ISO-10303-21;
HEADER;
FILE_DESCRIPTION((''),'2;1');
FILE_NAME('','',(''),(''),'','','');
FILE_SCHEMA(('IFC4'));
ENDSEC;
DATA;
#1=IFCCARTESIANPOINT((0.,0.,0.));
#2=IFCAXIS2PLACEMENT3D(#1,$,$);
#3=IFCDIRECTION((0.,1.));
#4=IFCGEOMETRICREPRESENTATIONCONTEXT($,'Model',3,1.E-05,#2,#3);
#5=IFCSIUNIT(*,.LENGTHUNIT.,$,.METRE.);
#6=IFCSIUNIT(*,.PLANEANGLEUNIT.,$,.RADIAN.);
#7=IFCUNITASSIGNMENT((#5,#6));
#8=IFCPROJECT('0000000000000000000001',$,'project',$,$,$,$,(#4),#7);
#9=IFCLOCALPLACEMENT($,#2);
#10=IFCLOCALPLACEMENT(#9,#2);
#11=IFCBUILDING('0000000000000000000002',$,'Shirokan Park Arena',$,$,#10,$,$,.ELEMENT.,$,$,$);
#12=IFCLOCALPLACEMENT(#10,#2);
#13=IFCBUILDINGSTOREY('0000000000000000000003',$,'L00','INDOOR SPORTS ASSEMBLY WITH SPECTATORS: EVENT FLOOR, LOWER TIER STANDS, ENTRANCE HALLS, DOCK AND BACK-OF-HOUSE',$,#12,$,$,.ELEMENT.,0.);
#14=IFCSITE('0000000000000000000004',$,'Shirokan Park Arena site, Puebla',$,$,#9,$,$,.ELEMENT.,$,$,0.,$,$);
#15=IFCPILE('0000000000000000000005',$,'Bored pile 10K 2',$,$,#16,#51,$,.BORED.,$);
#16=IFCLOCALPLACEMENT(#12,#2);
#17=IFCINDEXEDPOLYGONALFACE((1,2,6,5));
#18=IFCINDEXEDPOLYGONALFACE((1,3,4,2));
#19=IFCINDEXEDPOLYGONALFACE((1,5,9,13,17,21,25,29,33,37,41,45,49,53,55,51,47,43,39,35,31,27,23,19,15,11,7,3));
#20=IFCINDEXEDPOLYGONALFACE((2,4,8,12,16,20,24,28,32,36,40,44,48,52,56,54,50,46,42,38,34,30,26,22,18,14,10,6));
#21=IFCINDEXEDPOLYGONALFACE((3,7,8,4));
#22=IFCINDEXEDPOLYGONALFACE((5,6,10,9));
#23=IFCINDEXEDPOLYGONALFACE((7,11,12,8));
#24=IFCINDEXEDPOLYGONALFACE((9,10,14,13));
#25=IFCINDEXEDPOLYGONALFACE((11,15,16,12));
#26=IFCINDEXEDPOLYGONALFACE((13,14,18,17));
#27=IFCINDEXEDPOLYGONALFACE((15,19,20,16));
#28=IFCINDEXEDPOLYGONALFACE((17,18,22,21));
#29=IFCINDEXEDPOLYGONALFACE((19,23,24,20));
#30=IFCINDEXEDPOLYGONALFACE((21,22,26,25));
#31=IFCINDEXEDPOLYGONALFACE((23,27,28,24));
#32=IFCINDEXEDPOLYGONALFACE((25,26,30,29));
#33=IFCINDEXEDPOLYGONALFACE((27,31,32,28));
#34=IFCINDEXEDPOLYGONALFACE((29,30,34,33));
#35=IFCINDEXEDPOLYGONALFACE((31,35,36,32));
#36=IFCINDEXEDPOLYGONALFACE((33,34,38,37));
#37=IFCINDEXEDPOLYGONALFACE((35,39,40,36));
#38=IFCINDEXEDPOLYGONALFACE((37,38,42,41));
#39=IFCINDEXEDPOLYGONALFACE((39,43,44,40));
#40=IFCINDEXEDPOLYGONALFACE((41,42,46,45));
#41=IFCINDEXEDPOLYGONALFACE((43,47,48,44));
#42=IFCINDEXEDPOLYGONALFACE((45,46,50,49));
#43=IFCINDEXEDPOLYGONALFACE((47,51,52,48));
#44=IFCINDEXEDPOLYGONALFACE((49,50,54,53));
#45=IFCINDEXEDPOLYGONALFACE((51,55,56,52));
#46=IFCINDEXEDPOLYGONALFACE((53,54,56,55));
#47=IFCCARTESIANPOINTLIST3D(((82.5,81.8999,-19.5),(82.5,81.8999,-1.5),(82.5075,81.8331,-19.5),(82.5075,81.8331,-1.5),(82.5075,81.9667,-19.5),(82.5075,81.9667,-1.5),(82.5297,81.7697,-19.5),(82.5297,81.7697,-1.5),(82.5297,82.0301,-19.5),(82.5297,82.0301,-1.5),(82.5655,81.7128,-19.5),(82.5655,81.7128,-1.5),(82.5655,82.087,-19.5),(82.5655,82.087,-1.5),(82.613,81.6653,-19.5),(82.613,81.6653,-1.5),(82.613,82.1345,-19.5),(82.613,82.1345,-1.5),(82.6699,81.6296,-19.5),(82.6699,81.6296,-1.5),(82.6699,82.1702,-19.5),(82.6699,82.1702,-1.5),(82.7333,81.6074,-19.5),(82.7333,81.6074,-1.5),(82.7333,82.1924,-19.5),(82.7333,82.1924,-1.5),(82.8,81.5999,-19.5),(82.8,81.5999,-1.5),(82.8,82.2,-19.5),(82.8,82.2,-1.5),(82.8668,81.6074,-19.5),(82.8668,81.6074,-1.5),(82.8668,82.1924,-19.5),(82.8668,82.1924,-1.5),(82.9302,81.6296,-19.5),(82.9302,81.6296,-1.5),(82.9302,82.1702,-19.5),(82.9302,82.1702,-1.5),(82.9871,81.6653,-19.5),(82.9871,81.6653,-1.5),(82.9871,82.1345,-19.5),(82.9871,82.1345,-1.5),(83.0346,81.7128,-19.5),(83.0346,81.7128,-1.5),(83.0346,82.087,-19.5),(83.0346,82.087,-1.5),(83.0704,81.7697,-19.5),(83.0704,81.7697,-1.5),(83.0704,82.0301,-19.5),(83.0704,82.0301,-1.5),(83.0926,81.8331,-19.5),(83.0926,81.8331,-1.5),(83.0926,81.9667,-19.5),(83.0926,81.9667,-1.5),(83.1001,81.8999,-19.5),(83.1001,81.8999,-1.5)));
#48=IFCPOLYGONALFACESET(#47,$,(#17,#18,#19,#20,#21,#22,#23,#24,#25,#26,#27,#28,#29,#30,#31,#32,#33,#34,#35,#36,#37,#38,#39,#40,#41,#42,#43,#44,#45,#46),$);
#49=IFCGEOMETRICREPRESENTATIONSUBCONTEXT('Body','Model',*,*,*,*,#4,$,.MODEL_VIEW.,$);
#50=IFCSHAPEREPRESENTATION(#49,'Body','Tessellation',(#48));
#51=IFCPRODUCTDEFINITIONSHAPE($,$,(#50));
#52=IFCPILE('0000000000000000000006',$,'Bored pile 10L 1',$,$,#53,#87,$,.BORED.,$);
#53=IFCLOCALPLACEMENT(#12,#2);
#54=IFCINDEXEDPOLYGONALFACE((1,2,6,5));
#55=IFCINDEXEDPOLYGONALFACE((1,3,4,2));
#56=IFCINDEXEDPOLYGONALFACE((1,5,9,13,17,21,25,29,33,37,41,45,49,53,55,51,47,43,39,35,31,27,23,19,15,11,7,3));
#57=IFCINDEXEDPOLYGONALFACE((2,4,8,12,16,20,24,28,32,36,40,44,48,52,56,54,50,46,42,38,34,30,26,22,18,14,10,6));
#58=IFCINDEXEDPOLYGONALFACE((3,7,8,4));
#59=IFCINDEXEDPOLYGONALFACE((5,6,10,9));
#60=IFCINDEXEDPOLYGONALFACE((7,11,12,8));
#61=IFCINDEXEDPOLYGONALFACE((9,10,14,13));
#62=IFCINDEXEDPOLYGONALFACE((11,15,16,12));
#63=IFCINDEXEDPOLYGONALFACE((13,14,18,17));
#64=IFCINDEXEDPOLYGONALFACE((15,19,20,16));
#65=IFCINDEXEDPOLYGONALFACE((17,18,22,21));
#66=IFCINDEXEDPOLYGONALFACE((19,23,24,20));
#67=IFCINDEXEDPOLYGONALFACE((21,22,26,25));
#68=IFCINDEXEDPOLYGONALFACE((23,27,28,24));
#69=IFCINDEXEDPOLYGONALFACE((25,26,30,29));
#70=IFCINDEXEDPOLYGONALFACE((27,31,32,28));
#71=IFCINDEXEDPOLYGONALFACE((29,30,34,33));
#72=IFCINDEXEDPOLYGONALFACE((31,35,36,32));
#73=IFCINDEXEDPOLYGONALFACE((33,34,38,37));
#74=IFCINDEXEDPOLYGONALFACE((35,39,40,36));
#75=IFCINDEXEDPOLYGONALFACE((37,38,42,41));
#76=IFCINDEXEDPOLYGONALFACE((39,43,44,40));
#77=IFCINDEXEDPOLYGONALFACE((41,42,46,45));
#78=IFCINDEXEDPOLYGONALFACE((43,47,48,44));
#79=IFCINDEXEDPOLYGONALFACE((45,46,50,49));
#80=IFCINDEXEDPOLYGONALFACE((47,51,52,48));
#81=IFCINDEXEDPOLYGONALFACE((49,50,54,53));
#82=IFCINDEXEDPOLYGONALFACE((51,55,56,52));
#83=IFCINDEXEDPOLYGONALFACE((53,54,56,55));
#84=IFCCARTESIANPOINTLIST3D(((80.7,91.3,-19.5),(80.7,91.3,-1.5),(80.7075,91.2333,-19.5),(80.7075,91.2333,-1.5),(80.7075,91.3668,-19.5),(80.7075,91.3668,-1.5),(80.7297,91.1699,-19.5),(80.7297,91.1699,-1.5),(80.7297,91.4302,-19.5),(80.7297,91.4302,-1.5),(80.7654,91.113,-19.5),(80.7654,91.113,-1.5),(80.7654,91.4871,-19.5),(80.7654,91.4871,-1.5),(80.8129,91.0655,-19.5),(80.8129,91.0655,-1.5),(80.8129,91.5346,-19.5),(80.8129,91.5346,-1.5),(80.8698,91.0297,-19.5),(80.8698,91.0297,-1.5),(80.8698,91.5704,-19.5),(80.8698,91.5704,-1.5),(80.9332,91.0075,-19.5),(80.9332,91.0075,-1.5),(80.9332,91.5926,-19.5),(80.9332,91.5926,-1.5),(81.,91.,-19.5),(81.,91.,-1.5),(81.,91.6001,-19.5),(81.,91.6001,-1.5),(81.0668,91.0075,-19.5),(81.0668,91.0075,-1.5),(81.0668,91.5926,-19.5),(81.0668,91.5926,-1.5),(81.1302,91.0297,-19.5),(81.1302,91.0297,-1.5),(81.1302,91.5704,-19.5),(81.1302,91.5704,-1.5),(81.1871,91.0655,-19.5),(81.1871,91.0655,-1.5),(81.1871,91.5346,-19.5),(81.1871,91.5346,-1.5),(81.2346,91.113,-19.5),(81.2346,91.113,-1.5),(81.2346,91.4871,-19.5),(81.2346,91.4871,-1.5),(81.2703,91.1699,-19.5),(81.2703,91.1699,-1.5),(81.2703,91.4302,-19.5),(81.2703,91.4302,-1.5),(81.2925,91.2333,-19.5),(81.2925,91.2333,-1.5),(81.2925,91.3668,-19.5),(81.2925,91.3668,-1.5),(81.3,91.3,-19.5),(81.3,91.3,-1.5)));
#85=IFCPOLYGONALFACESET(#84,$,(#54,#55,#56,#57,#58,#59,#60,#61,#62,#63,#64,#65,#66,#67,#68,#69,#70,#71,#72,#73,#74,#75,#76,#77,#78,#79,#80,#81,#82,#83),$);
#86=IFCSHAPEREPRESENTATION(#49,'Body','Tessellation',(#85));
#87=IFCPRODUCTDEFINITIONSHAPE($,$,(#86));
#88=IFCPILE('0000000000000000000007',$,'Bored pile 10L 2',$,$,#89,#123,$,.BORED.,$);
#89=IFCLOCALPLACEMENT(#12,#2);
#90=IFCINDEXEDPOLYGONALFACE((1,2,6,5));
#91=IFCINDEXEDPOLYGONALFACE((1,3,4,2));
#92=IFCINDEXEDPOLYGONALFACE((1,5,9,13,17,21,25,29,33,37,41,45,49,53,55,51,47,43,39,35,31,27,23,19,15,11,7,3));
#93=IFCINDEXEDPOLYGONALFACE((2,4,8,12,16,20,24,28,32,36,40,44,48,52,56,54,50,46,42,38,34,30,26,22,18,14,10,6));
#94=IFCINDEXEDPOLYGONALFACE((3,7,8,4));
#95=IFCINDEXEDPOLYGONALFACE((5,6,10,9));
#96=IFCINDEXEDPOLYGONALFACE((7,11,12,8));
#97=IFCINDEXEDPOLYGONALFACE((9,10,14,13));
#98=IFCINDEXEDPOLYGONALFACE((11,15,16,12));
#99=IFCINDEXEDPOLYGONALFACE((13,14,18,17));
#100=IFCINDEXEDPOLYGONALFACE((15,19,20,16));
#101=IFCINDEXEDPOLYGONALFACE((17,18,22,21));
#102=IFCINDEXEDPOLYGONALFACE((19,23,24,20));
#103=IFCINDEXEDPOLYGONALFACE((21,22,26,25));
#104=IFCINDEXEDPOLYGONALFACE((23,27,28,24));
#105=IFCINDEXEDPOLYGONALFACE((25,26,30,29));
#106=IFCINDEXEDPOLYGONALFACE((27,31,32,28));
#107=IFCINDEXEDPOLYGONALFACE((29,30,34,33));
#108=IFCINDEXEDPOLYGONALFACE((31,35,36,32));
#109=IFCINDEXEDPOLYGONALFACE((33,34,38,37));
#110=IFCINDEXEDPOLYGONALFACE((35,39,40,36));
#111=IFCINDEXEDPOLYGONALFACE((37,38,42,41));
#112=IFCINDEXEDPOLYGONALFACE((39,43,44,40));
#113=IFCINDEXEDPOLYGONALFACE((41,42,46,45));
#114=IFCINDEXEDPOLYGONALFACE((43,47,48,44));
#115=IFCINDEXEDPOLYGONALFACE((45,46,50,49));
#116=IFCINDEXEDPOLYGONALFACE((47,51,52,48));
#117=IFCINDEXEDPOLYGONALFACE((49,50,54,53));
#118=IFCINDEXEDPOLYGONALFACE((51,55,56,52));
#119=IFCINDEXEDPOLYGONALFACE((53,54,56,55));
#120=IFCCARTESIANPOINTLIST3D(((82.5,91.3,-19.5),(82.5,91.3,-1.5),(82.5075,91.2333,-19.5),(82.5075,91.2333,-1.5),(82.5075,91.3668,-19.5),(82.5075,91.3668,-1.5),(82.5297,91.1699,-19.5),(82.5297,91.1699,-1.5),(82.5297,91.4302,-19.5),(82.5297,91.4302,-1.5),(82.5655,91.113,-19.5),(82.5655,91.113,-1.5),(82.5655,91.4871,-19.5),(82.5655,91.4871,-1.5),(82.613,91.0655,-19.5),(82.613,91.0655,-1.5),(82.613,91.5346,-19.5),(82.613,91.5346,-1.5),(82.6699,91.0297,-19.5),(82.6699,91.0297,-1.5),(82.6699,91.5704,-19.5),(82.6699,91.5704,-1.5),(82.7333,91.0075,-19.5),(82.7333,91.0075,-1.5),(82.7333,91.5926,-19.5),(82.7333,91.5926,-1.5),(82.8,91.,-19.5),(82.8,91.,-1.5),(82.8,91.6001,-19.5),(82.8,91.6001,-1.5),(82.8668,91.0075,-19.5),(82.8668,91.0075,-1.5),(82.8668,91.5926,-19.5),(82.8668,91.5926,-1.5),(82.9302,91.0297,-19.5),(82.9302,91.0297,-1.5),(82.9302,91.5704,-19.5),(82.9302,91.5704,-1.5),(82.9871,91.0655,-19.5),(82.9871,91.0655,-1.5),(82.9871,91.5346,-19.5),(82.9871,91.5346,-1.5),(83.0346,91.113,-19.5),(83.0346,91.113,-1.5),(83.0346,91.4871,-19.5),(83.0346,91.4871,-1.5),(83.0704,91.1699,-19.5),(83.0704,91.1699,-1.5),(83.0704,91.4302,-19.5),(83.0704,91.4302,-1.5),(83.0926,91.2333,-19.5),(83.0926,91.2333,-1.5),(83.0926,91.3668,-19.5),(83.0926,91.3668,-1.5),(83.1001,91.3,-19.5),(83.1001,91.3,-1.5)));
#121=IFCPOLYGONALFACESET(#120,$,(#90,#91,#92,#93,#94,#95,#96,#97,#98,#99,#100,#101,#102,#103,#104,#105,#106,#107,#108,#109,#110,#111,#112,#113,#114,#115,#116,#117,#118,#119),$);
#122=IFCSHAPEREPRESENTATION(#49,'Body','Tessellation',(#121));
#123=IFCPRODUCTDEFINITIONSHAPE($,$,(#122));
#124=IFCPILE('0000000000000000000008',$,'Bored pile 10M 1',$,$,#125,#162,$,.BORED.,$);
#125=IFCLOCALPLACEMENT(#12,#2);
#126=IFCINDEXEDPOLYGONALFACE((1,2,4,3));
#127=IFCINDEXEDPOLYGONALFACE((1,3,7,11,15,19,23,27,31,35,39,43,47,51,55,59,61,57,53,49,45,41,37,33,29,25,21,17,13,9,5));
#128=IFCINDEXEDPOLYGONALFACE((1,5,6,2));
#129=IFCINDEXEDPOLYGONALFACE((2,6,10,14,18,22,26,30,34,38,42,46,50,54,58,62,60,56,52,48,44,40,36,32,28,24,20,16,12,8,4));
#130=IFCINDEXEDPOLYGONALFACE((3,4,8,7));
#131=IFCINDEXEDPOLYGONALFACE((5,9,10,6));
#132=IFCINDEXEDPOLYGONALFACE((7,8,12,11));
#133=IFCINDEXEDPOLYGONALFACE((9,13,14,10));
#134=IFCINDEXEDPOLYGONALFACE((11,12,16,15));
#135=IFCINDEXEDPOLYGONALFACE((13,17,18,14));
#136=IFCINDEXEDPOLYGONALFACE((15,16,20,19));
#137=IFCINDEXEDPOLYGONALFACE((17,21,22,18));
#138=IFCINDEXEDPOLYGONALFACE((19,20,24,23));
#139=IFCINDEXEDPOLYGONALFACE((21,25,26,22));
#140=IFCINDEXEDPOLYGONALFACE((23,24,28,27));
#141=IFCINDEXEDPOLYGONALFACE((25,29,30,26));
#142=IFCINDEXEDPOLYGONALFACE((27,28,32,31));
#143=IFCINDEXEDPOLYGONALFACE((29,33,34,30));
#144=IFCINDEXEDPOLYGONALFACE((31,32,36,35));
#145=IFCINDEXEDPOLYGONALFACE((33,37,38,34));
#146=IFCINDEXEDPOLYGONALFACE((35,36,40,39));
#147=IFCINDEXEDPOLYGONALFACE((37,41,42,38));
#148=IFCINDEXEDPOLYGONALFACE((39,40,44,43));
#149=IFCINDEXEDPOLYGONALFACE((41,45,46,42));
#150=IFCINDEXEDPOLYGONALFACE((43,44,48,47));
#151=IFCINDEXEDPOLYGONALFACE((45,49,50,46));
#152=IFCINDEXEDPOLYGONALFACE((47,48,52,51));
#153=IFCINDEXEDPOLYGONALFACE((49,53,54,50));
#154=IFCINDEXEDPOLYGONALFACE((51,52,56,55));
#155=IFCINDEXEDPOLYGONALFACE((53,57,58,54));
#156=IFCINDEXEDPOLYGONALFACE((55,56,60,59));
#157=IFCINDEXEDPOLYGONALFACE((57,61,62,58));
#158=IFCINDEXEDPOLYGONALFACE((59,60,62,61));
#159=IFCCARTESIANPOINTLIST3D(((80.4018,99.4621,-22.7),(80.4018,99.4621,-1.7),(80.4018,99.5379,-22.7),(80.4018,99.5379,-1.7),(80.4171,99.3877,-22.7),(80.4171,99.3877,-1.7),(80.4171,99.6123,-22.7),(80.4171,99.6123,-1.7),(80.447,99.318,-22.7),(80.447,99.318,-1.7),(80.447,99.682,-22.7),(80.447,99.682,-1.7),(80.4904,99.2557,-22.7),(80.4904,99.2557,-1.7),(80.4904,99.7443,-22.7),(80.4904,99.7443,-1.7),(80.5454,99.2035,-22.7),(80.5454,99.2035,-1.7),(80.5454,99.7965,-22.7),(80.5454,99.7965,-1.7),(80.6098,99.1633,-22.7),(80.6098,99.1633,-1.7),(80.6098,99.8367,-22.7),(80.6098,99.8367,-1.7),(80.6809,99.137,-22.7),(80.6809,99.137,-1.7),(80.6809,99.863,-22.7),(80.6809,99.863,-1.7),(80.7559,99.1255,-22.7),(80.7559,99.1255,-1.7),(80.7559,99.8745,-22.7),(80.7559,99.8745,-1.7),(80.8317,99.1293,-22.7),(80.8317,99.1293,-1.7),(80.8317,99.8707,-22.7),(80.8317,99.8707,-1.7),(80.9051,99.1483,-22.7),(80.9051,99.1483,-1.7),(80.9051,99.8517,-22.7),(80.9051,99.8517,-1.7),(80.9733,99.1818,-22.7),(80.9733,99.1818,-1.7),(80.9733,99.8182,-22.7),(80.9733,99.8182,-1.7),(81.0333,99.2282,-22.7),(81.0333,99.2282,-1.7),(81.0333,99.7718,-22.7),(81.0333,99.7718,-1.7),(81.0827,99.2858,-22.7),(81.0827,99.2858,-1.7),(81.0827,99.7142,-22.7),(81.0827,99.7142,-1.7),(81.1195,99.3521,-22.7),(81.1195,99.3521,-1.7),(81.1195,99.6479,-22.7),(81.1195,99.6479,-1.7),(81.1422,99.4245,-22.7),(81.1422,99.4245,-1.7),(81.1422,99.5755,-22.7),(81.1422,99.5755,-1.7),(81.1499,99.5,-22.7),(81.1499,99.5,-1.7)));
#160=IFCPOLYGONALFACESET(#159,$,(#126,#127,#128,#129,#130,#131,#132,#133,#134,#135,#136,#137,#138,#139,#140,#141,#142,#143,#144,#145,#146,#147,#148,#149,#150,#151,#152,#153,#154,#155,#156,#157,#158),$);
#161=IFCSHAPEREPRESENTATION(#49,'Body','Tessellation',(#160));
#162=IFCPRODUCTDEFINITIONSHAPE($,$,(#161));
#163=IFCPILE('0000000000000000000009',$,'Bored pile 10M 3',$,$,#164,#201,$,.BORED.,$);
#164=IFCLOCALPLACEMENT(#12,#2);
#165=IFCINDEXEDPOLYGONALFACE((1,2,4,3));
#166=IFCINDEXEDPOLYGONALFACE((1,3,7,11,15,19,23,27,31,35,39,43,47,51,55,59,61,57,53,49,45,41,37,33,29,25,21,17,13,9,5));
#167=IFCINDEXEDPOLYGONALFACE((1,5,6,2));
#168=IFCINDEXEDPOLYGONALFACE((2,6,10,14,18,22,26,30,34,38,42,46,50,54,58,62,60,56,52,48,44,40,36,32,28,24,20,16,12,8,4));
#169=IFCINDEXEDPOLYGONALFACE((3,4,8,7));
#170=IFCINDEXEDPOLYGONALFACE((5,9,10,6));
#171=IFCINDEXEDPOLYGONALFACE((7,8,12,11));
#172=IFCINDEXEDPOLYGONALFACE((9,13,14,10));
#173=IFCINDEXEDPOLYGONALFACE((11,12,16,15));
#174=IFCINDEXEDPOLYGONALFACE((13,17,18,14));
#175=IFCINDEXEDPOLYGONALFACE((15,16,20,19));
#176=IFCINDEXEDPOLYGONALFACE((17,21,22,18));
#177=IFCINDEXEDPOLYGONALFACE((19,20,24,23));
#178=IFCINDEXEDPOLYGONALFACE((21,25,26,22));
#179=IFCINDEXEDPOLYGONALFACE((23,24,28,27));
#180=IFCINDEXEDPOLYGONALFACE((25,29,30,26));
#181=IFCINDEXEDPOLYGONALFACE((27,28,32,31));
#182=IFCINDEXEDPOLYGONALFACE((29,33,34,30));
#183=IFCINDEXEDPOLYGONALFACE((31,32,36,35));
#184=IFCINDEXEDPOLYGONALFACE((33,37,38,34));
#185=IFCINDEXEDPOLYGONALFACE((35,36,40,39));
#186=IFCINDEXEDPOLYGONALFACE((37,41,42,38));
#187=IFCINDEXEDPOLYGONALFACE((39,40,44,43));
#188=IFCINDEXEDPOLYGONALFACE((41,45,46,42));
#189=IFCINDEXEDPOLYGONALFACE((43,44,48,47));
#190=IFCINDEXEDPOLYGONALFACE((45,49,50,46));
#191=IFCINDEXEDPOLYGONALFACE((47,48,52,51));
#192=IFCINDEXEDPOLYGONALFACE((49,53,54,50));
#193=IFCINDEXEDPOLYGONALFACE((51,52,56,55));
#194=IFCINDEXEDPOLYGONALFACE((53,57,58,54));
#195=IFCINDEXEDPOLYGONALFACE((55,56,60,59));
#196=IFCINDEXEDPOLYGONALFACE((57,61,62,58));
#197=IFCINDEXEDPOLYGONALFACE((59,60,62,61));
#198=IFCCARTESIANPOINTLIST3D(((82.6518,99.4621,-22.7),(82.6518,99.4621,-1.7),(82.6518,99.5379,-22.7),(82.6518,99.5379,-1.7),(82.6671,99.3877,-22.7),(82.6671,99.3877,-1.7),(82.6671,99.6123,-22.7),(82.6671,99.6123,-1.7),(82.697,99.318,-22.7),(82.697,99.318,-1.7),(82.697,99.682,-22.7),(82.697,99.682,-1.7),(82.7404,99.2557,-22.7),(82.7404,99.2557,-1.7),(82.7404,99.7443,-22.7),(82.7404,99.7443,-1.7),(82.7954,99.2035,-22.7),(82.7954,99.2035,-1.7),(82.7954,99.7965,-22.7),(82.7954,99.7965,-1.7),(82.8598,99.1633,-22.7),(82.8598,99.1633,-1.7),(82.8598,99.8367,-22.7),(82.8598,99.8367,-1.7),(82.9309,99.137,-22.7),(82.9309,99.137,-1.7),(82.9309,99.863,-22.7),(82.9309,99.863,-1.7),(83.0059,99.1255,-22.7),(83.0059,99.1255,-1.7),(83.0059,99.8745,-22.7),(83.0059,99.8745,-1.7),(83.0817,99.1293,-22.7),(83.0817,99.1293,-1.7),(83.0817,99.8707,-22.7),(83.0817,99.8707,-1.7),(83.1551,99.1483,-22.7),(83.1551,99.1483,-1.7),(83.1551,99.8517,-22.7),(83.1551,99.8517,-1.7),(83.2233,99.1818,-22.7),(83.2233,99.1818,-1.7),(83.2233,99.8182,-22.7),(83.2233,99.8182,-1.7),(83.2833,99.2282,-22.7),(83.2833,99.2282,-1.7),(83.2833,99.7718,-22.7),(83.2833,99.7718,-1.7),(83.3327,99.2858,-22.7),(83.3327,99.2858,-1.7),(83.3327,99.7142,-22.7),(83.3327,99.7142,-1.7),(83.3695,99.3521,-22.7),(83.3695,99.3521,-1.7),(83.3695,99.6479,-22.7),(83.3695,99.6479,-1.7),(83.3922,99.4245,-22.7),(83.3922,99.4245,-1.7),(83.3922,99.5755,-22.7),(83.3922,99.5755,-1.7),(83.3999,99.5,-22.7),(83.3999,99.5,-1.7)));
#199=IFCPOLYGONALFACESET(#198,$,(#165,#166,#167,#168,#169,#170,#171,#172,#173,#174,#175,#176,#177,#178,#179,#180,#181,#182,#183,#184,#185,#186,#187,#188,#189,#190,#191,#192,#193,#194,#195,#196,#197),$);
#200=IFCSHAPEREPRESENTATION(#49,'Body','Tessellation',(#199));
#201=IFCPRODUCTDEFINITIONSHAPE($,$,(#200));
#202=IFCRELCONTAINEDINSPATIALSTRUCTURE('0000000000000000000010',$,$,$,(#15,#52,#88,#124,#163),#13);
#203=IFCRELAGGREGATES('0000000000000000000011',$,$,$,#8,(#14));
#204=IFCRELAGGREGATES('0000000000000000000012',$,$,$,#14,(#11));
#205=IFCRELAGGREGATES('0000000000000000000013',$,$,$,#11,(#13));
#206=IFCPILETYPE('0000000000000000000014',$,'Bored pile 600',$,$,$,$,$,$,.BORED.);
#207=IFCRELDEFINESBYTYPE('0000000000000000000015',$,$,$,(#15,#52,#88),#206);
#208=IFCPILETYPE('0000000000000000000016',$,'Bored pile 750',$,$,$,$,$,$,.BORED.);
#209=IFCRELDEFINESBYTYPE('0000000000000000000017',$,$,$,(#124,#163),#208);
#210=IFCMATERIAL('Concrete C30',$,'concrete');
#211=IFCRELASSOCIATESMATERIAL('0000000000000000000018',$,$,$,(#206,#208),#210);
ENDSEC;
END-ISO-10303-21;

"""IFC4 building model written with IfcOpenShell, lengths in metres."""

from ifc_helpers import new_model, si_unit, direction, frame, origin, origin_2d, place, context, subcontext, project, spatial, circle, extrude, material, material_profile, profile_set, type_object, element, save


model = new_model("IFC4")

# Units and contexts
model_context = context("Model", 3, precision=1e-05, world=origin(), true_north=direction((0.0, 1.0)))
body_context = subcontext(model_context, "Body", "Model", "MODEL_VIEW")
ifc_project = project(units=[si_unit("LENGTHUNIT", "METRE"), si_unit("PLANEANGLEUNIT", "RADIAN")], contexts=[model_context])

# Site, building, storey
site_placement = place(None, origin())
site = spatial("IfcSite", under=ifc_project, at=site_placement, Name="Shirokan Park Arena site, Puebla", CompositionType="ELEMENT", RefElevation=0.0)
building_placement = place(site_placement, origin())
building = spatial("IfcBuilding", under=site, at=building_placement, Name="Shirokan Park Arena", CompositionType="ELEMENT")
storey_placement = place(building_placement, origin())
storey = spatial("IfcBuildingStorey", under=building, at=storey_placement, Name="L00", Description="INDOOR SPORTS ASSEMBLY WITH SPECTATORS: EVENT FLOOR, LOWER TIER STANDS, ENTRANCE HALLS, DOCK AND BACK-OF-HOUSE", CompositionType="ELEMENT", Elevation=0.0)

# Piles
ifc_material_1 = material(Name="Concrete C30", Category="concrete")
ifc_material_profile_1 = material_profile(ifc_material_1, circle(Radius=0.3, at=origin_2d()), Name="D600")
ifc_profile_set_1 = profile_set([ifc_material_profile_1], Name="Concrete C30")
pile_type_1 = type_object("IfcPileType", Name="Bored pile 600", PredefinedType="BORED", material=ifc_profile_set_1)
for number, where, z_axis, x_axis, name in (
    (1, (82.8, 81.8999, -1.5), (0.0, 0.0, -1.0), (1.0, 0.0, 0.0), "Bored pile 10K 2"),
    (2, (81.0, 91.3, -1.5), (0.0, 0.0, -1.0), (1.0, 0.0, 0.0), "Bored pile 10L 1"),
    (3, (82.8, 91.3, -1.5), (0.0, 0.0, -1.0), (1.0, 0.0, 0.0), "Bored pile 10L 2"),
):
    element("IfcPile", number, at=place(storey_placement, frame(where, z_axis=z_axis, x_axis=x_axis)), inside=storey, type_object=pile_type_1, Name=name, PredefinedType="BORED", context=body_context, shape_type="SweptSolid", body=[
        extrude(circle(Radius=0.3, at=origin_2d()), origin(), (0.0, 0.0, 1.0), 18.0),
    ])
ifc_material_profile_2 = material_profile(ifc_material_1, circle(Radius=0.375, at=origin_2d()), Name="D750")
ifc_profile_set_2 = profile_set([ifc_material_profile_2], Name="Concrete C30")
pile_type_2 = type_object("IfcPileType", Name="Bored pile 750", PredefinedType="BORED", material=ifc_profile_set_2)
for number, where, z_axis, x_axis, name in (
    (4, (80.7749, 99.5, -1.7), (0.0, 0.0, -1.0), (1.0, 0.0, 0.0), "Bored pile 10M 1"),
    (5, (83.0249, 99.5, -1.7), (0.0, 0.0, -1.0), (1.0, 0.0, 0.0), "Bored pile 10M 3"),
):
    element("IfcPile", number, at=place(storey_placement, frame(where, z_axis=z_axis, x_axis=x_axis)), inside=storey, type_object=pile_type_2, Name=name, PredefinedType="BORED", context=body_context, shape_type="SweptSolid", body=[
        extrude(circle(Radius=0.375, at=origin_2d()), origin(), (0.0, 0.0, 1.0), 21.0),
    ])

save(model, "model.ifc")
